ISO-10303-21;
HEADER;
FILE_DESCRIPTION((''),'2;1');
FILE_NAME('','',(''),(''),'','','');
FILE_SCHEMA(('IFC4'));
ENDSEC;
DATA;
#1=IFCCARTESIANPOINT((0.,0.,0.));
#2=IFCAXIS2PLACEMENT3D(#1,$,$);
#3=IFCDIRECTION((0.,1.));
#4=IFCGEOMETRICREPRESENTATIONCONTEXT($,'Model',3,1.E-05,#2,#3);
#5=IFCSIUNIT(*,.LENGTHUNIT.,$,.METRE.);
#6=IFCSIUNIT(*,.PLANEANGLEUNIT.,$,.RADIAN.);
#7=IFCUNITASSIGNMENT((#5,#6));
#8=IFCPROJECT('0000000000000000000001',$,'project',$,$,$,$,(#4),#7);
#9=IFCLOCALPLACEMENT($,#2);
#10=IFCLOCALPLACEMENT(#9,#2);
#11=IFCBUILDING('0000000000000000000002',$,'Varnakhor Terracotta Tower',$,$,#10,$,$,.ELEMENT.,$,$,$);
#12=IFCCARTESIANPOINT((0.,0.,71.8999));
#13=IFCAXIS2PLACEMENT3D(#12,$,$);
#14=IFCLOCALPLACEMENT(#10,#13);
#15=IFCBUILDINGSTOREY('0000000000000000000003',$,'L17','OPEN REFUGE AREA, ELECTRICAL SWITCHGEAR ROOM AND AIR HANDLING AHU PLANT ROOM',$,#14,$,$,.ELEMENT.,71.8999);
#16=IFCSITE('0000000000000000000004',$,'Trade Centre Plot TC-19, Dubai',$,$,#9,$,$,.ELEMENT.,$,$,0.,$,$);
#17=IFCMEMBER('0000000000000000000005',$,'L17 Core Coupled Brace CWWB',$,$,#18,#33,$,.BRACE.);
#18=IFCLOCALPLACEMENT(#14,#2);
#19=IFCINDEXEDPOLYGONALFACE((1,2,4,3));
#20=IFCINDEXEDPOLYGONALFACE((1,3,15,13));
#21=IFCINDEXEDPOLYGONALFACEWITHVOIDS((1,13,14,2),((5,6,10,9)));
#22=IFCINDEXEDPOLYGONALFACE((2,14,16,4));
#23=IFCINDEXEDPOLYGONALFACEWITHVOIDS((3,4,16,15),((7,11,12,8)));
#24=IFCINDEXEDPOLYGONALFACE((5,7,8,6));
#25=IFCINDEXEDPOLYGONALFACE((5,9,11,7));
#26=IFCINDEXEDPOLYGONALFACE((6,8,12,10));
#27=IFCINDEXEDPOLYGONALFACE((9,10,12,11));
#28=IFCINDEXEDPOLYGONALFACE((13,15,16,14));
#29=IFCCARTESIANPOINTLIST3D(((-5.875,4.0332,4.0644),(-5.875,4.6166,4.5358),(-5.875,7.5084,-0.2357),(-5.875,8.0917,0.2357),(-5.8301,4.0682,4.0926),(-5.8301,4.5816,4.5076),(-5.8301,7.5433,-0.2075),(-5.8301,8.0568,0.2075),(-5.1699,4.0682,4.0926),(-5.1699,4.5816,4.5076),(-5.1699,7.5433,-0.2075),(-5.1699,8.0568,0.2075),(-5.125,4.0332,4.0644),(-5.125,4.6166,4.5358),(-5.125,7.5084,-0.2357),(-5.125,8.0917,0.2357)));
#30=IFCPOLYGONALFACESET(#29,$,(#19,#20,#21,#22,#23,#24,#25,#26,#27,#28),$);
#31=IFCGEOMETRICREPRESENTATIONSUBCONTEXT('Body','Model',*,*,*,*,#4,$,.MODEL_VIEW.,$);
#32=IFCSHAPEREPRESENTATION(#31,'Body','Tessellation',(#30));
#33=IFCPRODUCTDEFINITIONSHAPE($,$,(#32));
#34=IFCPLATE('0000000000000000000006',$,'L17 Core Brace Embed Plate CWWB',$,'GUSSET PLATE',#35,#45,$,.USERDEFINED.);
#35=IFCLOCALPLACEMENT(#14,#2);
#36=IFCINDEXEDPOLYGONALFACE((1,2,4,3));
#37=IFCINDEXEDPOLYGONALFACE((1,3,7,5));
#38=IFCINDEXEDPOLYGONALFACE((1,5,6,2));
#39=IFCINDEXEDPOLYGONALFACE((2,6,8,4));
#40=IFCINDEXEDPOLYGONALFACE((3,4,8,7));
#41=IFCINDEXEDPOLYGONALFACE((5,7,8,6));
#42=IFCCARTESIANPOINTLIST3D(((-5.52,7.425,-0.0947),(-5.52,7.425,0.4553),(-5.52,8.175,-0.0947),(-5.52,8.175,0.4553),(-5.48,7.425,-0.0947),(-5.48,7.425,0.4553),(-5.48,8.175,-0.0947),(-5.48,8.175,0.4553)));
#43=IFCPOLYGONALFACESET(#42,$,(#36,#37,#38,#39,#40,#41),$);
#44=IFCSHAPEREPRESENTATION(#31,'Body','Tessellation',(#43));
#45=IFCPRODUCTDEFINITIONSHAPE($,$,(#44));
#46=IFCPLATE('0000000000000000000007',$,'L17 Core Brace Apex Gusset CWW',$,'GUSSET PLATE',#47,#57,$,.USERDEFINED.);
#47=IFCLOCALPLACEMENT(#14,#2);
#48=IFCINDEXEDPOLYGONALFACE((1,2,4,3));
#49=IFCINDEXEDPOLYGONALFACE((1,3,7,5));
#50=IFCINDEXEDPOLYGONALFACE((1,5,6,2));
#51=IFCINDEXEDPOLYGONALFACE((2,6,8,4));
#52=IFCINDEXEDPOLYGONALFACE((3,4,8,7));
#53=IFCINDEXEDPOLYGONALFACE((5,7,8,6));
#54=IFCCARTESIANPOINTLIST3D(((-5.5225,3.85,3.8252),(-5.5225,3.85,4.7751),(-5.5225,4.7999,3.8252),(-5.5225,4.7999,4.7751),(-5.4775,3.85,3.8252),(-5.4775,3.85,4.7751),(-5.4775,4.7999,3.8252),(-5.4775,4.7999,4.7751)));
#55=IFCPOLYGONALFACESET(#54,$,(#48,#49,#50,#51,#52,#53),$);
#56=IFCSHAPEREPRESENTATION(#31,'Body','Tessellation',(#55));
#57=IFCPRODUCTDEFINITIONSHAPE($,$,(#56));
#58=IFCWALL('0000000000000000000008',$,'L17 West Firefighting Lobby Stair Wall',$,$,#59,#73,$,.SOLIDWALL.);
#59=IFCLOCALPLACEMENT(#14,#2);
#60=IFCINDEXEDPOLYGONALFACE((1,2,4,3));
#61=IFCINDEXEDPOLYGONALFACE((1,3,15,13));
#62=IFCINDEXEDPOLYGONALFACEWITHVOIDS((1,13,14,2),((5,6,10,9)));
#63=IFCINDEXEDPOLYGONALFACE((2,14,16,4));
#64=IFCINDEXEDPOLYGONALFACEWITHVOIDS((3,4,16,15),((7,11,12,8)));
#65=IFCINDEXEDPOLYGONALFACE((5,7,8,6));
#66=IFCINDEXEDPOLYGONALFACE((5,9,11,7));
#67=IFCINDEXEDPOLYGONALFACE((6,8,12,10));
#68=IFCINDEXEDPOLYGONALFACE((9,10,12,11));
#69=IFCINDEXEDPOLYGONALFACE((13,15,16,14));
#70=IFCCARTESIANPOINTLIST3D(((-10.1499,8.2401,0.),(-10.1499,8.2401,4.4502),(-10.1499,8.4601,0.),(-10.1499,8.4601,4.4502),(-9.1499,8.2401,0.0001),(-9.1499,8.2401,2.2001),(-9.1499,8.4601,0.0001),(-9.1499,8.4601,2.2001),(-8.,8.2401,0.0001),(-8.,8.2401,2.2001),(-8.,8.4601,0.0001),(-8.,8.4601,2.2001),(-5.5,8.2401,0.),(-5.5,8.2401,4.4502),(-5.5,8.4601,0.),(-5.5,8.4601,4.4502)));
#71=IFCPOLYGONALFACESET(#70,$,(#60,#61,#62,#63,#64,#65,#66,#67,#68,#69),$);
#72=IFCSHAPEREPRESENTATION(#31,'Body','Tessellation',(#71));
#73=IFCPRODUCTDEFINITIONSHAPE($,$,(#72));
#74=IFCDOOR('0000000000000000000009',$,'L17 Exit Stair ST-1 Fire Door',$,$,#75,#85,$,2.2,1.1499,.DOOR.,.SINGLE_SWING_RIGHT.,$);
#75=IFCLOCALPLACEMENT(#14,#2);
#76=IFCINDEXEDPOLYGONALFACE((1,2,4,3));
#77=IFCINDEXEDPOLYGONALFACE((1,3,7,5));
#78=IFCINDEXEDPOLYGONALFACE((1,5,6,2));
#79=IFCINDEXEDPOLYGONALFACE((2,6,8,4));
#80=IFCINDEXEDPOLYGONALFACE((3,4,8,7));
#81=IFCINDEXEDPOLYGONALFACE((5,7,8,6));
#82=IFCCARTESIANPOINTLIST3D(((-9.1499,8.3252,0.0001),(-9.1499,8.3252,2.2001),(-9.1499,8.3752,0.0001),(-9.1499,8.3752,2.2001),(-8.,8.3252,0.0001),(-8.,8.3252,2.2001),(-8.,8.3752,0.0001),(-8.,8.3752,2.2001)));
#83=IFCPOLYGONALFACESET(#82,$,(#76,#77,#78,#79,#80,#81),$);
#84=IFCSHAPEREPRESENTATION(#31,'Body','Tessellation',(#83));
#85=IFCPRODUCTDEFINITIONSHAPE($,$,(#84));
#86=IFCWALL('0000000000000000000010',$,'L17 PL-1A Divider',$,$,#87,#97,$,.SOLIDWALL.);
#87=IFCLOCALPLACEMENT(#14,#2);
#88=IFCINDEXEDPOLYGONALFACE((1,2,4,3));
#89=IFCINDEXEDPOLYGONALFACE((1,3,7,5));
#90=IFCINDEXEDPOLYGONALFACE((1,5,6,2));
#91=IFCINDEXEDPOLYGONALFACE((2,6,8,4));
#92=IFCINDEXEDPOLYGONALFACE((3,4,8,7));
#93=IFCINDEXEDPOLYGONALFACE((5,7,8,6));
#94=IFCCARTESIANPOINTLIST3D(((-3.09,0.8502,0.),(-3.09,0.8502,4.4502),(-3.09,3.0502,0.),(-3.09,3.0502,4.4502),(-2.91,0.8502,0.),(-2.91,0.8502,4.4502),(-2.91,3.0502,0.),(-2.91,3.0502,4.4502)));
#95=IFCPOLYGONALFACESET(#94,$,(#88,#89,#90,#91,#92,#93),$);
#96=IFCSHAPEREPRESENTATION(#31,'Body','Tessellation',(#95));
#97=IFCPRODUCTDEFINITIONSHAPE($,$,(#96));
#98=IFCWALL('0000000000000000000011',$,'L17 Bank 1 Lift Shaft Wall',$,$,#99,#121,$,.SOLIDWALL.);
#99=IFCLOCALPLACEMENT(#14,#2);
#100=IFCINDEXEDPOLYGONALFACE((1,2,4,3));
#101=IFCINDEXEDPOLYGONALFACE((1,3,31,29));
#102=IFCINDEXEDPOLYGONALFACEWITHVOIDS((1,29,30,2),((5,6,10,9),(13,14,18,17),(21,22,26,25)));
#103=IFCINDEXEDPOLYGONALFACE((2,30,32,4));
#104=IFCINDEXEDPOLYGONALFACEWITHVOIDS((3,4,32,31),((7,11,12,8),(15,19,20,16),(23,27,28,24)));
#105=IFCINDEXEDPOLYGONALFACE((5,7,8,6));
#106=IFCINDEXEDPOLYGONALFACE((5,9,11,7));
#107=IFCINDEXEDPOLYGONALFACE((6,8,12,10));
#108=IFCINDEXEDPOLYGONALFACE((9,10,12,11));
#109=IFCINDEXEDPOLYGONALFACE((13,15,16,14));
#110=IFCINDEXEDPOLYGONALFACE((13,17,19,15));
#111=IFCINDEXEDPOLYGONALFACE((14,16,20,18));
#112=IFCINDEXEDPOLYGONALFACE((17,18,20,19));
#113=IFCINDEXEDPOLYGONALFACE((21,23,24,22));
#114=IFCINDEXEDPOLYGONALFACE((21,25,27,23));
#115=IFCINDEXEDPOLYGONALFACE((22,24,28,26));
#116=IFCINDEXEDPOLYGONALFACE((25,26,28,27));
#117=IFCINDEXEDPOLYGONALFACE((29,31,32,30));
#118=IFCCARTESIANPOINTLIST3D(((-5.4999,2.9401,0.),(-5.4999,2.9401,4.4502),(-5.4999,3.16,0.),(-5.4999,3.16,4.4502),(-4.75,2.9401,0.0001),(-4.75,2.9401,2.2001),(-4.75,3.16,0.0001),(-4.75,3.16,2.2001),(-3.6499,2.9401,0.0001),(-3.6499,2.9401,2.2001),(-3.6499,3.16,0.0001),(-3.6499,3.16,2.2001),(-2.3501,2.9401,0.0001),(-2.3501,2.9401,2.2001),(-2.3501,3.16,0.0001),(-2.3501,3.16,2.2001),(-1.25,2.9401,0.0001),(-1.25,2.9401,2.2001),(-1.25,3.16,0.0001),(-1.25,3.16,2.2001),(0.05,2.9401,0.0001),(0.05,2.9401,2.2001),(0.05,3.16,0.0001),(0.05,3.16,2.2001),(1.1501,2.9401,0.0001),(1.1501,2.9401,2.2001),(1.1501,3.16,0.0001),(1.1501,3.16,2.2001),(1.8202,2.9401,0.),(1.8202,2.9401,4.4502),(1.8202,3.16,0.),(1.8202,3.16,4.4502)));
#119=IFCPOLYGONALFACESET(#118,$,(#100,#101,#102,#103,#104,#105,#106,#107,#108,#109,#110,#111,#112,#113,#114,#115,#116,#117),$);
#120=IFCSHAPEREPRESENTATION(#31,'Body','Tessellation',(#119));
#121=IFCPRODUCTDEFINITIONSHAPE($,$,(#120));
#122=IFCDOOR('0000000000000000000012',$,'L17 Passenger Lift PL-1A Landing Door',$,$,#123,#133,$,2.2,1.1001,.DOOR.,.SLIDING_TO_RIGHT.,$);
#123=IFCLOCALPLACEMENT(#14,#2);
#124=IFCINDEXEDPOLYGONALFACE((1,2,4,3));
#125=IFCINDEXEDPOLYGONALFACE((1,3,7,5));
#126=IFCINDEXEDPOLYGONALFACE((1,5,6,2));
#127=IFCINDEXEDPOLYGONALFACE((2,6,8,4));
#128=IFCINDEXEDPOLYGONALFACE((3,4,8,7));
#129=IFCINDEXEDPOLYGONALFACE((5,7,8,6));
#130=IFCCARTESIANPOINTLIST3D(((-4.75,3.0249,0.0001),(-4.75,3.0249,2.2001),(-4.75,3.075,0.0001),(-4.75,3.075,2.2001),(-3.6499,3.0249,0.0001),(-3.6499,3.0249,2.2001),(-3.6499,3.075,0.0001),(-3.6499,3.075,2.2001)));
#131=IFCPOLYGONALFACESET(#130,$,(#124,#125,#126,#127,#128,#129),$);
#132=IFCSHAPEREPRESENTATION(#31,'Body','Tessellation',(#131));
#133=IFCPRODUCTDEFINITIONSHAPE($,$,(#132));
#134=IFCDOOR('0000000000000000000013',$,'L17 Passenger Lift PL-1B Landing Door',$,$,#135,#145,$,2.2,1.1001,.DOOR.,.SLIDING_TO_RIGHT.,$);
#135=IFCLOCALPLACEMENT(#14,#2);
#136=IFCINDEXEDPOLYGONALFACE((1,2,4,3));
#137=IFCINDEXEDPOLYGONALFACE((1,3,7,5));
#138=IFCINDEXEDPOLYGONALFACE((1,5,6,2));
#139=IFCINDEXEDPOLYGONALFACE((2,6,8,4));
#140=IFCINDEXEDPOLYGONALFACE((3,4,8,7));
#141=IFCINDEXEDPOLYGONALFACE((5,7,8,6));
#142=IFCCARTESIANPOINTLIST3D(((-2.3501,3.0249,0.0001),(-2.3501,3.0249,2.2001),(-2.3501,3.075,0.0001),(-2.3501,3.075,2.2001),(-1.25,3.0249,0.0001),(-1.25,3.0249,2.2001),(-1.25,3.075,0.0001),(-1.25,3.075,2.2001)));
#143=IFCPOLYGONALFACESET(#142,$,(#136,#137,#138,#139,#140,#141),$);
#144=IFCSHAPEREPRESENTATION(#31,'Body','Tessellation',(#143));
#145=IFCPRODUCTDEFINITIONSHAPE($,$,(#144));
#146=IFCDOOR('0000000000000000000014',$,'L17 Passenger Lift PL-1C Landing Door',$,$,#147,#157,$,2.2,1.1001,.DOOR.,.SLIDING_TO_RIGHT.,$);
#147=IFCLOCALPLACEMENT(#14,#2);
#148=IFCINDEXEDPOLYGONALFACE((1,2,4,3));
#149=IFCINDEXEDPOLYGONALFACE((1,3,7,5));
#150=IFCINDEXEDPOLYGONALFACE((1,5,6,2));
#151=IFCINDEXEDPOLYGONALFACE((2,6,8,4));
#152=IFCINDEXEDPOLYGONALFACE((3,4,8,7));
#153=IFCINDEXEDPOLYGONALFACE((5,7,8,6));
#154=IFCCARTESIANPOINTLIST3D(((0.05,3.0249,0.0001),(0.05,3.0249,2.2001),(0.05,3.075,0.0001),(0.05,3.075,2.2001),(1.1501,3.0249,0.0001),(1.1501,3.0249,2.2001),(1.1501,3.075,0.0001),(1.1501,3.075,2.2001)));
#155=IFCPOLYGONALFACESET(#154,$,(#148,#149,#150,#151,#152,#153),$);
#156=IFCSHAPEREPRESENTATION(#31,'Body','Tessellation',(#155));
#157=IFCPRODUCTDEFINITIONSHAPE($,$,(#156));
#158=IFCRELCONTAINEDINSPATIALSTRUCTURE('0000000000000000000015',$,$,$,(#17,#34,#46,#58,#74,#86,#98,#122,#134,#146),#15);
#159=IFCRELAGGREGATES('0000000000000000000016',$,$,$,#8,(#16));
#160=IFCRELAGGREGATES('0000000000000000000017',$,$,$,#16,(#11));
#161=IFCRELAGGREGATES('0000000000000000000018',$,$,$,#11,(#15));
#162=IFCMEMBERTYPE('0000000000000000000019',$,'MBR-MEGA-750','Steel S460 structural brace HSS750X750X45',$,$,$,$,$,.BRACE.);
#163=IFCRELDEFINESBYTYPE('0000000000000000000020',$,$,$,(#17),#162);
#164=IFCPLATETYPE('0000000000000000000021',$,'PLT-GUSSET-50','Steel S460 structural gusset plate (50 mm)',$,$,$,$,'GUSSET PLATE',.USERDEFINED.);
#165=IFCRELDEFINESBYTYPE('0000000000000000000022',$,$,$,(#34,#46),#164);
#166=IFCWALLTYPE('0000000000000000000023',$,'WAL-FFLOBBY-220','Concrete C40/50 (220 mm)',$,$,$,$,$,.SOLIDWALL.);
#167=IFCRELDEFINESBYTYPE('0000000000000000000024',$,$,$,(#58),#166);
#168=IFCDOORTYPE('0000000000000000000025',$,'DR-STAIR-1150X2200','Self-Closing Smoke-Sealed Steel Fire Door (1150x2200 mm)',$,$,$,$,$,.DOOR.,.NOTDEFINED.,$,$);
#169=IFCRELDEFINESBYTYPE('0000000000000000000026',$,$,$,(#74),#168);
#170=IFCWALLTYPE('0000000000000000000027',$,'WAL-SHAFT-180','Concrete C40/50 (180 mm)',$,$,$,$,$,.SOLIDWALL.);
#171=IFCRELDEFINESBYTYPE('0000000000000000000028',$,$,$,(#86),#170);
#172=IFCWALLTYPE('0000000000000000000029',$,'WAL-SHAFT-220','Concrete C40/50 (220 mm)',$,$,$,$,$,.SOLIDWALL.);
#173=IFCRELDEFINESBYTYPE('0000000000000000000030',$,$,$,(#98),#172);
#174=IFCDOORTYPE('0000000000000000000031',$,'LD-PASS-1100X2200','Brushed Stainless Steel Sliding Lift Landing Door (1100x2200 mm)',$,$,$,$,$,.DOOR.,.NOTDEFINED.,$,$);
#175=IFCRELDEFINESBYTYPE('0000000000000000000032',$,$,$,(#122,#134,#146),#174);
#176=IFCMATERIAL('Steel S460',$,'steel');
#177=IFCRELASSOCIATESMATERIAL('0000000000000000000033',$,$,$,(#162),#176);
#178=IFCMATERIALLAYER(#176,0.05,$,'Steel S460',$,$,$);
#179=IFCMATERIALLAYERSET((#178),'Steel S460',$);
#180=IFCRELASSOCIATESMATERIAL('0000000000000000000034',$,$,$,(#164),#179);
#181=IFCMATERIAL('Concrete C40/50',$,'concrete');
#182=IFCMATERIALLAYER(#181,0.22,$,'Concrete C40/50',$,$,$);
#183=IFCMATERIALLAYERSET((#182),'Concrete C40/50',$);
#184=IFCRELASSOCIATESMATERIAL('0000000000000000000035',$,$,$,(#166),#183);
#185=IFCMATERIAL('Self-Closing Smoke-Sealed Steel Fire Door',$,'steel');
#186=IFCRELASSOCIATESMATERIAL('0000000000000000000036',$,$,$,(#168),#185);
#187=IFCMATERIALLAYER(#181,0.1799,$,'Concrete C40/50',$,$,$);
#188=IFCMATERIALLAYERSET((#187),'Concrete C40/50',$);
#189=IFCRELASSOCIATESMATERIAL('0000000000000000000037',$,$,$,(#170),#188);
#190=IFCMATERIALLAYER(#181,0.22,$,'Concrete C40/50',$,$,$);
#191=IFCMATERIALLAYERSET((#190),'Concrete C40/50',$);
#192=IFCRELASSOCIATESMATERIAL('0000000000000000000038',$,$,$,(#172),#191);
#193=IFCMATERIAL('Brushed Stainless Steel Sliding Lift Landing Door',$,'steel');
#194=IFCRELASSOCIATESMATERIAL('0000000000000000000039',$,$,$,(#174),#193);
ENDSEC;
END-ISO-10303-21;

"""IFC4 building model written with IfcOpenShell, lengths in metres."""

from ifc_helpers import new_model, si_unit, direction, frame, frame_2d, origin, origin_2d, place, context, subcontext, project, spatial, rectangle, hollow_rectangle, extrude, source, transform, mapped, material, layer, layer_set, material_profile, profile_set, type_object, type_shapes, element, fill, save


model = new_model("IFC4")

# Units and contexts
model_context = context("Model", 3, precision=1e-05, world=origin(), true_north=direction((0.0, 1.0)))
body_context = subcontext(model_context, "Body", "Model", "MODEL_VIEW")
ifc_project = project(units=[si_unit("LENGTHUNIT", "METRE"), si_unit("PLANEANGLEUNIT", "RADIAN")], contexts=[model_context])

# Site, building, storey
site_placement = place(None, origin())
site = spatial("IfcSite", under=ifc_project, at=site_placement, Name="Trade Centre Plot TC-19, Dubai", CompositionType="ELEMENT", RefElevation=0.0)
building_placement = place(site_placement, origin())
building = spatial("IfcBuilding", under=site, at=building_placement, Name="Varnakhor Terracotta Tower", CompositionType="ELEMENT")
storey_placement = place(building_placement, frame((0.0, 0.0, 71.8999)))
storey = spatial("IfcBuildingStorey", under=building, at=storey_placement, Name="L17", Description="OPEN REFUGE AREA, ELECTRICAL SWITCHGEAR ROOM AND AIR HANDLING AHU PLANT ROOM", CompositionType="ELEMENT", Elevation=71.8999)

# Member
ifc_material_1 = material(Name="Steel S460", Category="steel")
ifc_material_profile = material_profile(ifc_material_1, hollow_rectangle(XDim=0.75, YDim=0.75, WallThickness=0.0449, at=origin_2d()), Name="HSS750X750X45")
ifc_profile_set = profile_set([ifc_material_profile], Name="Steel S460")
member_type = type_object("IfcMemberType", Name="MBR-MEGA-750", Description="Steel S460 structural brace HSS750X750X45", PredefinedType="BRACE", material=ifc_profile_set)
shared_shape_1 = source(origin(), body_context, "Body", "SweptSolid", [
    extrude(hollow_rectangle(XDim=0.75, YDim=0.75, WallThickness=0.0449, at=origin_2d()), origin(), (0.0, 0.0, 1.0), 5.5288),
])
member_placement = place(storey_placement, frame((-5.5, 7.8, 0.0), z_axis=(0.0, -0.628554, 0.777766), x_axis=(1.0, 0.0, 0.0)))
element("IfcMember", 1, at=member_placement, inside=storey, type_object=member_type, Name="L17 Core Coupled Brace CWWB", PredefinedType="BRACE", context=body_context, shape_type="MappedRepresentation", body=[
    mapped(shared_shape_1, transform((0.0, 0.0, 0.0), scale=1.0)),
])

# Plates
ifc_layer_1 = layer(ifc_material_1, 0.05, Name="Steel S460")
ifc_layer_set_1 = layer_set([ifc_layer_1], Name="Steel S460")
plate_type = type_object("IfcPlateType", Name="PLT-GUSSET-50", Description="Steel S460 structural gusset plate (50 mm)", ElementType="GUSSET PLATE", PredefinedType="USERDEFINED", material=ifc_layer_set_1)
shared_shape_2 = source(origin(), body_context, "Body", "SweptSolid", [
    extrude(rectangle(XDim=0.75, YDim=0.04, at=origin_2d()), origin(), (0.0, 0.0, 1.0), 0.55),
])
type_shapes(plate_type, [shared_shape_2])
plate_1_placement = place(storey_placement, frame((-5.5, 7.8, -0.0947), z_axis=(0.0, 0.0, 1.0), x_axis=(0.0, 1.0, 0.0)))
element("IfcPlate", 2, at=plate_1_placement, inside=storey, type_object=plate_type, Name="L17 Core Brace Embed Plate CWWB", ObjectType="GUSSET PLATE", PredefinedType="USERDEFINED", context=body_context, shape_type="MappedRepresentation", body=[
    mapped(shared_shape_2, transform((0.0, 0.0, 0.0), scale=1.0)),
])
shared_shape_3 = source(origin(), body_context, "Body", "SweptSolid", [
    extrude(rectangle(XDim=0.95, YDim=0.0449, at=origin_2d()), origin(), (0.0, 0.0, 1.0), 0.95),
])
plate_2_placement = place(storey_placement, frame((-5.5, 4.325, 3.8252), z_axis=(0.0, 0.0, 1.0), x_axis=(0.0, 1.0, 0.0)))
element("IfcPlate", 3, at=plate_2_placement, inside=storey, type_object=plate_type, Name="L17 Core Brace Apex Gusset CWW", ObjectType="GUSSET PLATE", PredefinedType="USERDEFINED", context=body_context, shape_type="MappedRepresentation", body=[
    mapped(shared_shape_3, transform((0.0, 0.0, 0.0), scale=1.0)),
])

# Wall, opening, door
ifc_material_2 = material(Name="Concrete C40/50", Category="concrete")
ifc_layer_2 = layer(ifc_material_2, 0.22, Name="Concrete C40/50")
ifc_layer_set_2 = layer_set([ifc_layer_2], Name="Concrete C40/50")
wall_type_1 = type_object("IfcWallType", Name="WAL-FFLOBBY-220", Description="Concrete C40/50 (220 mm)", PredefinedType="SOLIDWALL", material=ifc_layer_set_2)
wall_1_placement = place(storey_placement, frame((-5.5, 8.3501, 0.0), z_axis=(0.0, 0.0, 1.0), x_axis=(-1.0, 0.0, 0.0)))
wall_1 = element("IfcWall", 4, at=wall_1_placement, inside=storey, type_object=wall_type_1, Name="L17 West Firefighting Lobby Stair Wall", PredefinedType="SOLIDWALL", context=body_context, shape_type="SweptSolid", body=[
    extrude(rectangle(XDim=4.6499, YDim=0.22, at=frame_2d((2.325, 0.0))), origin(), (0.0, 0.0, 1.0), 4.4502),
])
opening_1_placement = place(wall_1_placement, frame((2.5, 0.0, 0.0)))
opening_1 = element("IfcOpeningElement", 5, at=opening_1_placement, cuts=wall_1, PredefinedType="OPENING", context=body_context, shape_type="SweptSolid", body=[
    extrude(rectangle(XDim=1.1499, YDim=2.2, at=frame_2d((0.575, 1.1001))), frame((0.0, 0.1201, 0.0), z_axis=(0.0, -1.0, 0.0), x_axis=(1.0, 0.0, 0.0)), (0.0, 0.0, 1.0), 0.24),
])
ifc_material_3 = material(Name="Self-Closing Smoke-Sealed Steel Fire Door", Category="steel")
door_type_1 = type_object("IfcDoorType", Name="DR-STAIR-1150X2200", Description="Self-Closing Smoke-Sealed Steel Fire Door (1150x2200 mm)", OperationType="NOTDEFINED", PredefinedType="DOOR", material=ifc_material_3)
shared_shape_4 = source(origin(), body_context, "Body", "SweptSolid", [
    extrude(rectangle(XDim=1.1499, YDim=2.2, at=frame_2d((0.575, 1.1001))), frame((0.0, 0.0249, 0.0), z_axis=(0.0, -1.0, 0.0), x_axis=(1.0, 0.0, 0.0)), (0.0, 0.0, 1.0), 0.05),
])
type_shapes(door_type_1, [shared_shape_4])
door_1_placement = place(opening_1_placement, origin())
door_1 = element("IfcDoor", 6, at=door_1_placement, inside=storey, type_object=door_type_1, Name="L17 Exit Stair ST-1 Fire Door", OperationType="SINGLE_SWING_RIGHT", OverallHeight=2.2, OverallWidth=1.1499, PredefinedType="DOOR", context=body_context, shape_type="MappedRepresentation", body=[
    mapped(shared_shape_4, transform((0.0, 0.0, 0.0), scale=1.0)),
])
fill(opening_1, door_1)

# Wall
ifc_layer_3 = layer(ifc_material_2, 0.1799, Name="Concrete C40/50")
ifc_layer_set_3 = layer_set([ifc_layer_3], Name="Concrete C40/50")
wall_type_2 = type_object("IfcWallType", Name="WAL-SHAFT-180", Description="Concrete C40/50 (180 mm)", PredefinedType="SOLIDWALL", material=ifc_layer_set_3)
wall_2_placement = place(storey_placement, frame((-3.0, 0.8501, 0.0), z_axis=(0.0, 0.0, 1.0), x_axis=(0.0, 1.0, 0.0)))
element("IfcWall", 7, at=wall_2_placement, inside=storey, type_object=wall_type_2, Name="L17 PL-1A Divider", PredefinedType="SOLIDWALL", context=body_context, shape_type="SweptSolid", body=[
    extrude(rectangle(XDim=2.2, YDim=0.1799, at=frame_2d((1.1001, 0.0))), origin(), (0.0, 0.0, 1.0), 4.4502),
])

# Wall, openings, doors
ifc_layer_4 = layer(ifc_material_2, 0.22, Name="Concrete C40/50")
ifc_layer_set_4 = layer_set([ifc_layer_4], Name="Concrete C40/50")
wall_type_3 = type_object("IfcWallType", Name="WAL-SHAFT-220", Description="Concrete C40/50 (220 mm)", PredefinedType="SOLIDWALL", material=ifc_layer_set_4)
wall_3_placement = place(storey_placement, frame((-5.5, 3.05, 0.0), z_axis=(0.0, 0.0, 1.0), x_axis=(1.0, 0.0, 0.0)))
wall_3 = element("IfcWall", 8, at=wall_3_placement, inside=storey, type_object=wall_type_3, Name="L17 Bank 1 Lift Shaft Wall", PredefinedType="SOLIDWALL", context=body_context, shape_type="SweptSolid", body=[
    extrude(rectangle(XDim=7.3201, YDim=0.22, at=frame_2d((3.6602, 0.0))), origin(), (0.0, 0.0, 1.0), 4.4502),
])
opening_2_placement = place(wall_3_placement, frame((0.75, 0.0, 0.0)))
opening_2 = element("IfcOpeningElement", 9, at=opening_2_placement, cuts=wall_3, PredefinedType="OPENING", context=body_context, shape_type="SweptSolid", body=[
    extrude(rectangle(XDim=1.1001, YDim=2.2, at=frame_2d((0.55, 1.1001))), frame((0.0, 0.1201, 0.0), z_axis=(0.0, -1.0, 0.0), x_axis=(1.0, 0.0, 0.0)), (0.0, 0.0, 1.0), 0.24),
])
opening_3_placement = place(wall_3_placement, frame((3.1499, 0.0, 0.0)))
opening_3 = element("IfcOpeningElement", 10, at=opening_3_placement, cuts=wall_3, PredefinedType="OPENING", context=body_context, shape_type="SweptSolid", body=[
    extrude(rectangle(XDim=1.1001, YDim=2.2, at=frame_2d((0.55, 1.1001))), frame((0.0, 0.1201, 0.0), z_axis=(0.0, -1.0, 0.0), x_axis=(1.0, 0.0, 0.0)), (0.0, 0.0, 1.0), 0.24),
])
opening_4_placement = place(wall_3_placement, frame((5.55, 0.0, 0.0)))
opening_4 = element("IfcOpeningElement", 11, at=opening_4_placement, cuts=wall_3, PredefinedType="OPENING", context=body_context, shape_type="SweptSolid", body=[
    extrude(rectangle(XDim=1.1001, YDim=2.2, at=frame_2d((0.55, 1.1001))), frame((0.0, 0.1201, 0.0), z_axis=(0.0, -1.0, 0.0), x_axis=(1.0, 0.0, 0.0)), (0.0, 0.0, 1.0), 0.24),
])
ifc_material_4 = material(Name="Brushed Stainless Steel Sliding Lift Landing Door", Category="steel")
door_type_2 = type_object("IfcDoorType", Name="LD-PASS-1100X2200", Description="Brushed Stainless Steel Sliding Lift Landing Door (1100x2200 mm)", OperationType="NOTDEFINED", PredefinedType="DOOR", material=ifc_material_4)
shared_shape_5 = source(origin(), body_context, "Body", "SweptSolid", [
    extrude(rectangle(XDim=1.1001, YDim=2.2, at=frame_2d((0.55, 1.1001))), frame((0.0, 0.0249, 0.0), z_axis=(0.0, -1.0, 0.0), x_axis=(1.0, 0.0, 0.0)), (0.0, 0.0, 1.0), 0.05),
])
type_shapes(door_type_2, [shared_shape_5])
door_2_placement = place(opening_2_placement, origin())
door_2 = element("IfcDoor", 12, at=door_2_placement, inside=storey, type_object=door_type_2, Name="L17 Passenger Lift PL-1A Landing Door", OperationType="SLIDING_TO_RIGHT", OverallHeight=2.2, OverallWidth=1.1001, PredefinedType="DOOR", context=body_context, shape_type="MappedRepresentation", body=[
    mapped(shared_shape_5, transform((0.0, 0.0, 0.0), scale=1.0)),
])
fill(opening_2, door_2)
door_3_placement = place(opening_3_placement, origin())
door_3 = element("IfcDoor", 13, at=door_3_placement, inside=storey, type_object=door_type_2, Name="L17 Passenger Lift PL-1B Landing Door", OperationType="SLIDING_TO_RIGHT", OverallHeight=2.2, OverallWidth=1.1001, PredefinedType="DOOR", context=body_context, shape_type="MappedRepresentation", body=[
    mapped(shared_shape_5, transform((0.0, 0.0, 0.0), scale=1.0)),
])
fill(opening_3, door_3)
door_4_placement = place(opening_4_placement, origin())
door_4 = element("IfcDoor", 14, at=door_4_placement, inside=storey, type_object=door_type_2, Name="L17 Passenger Lift PL-1C Landing Door", OperationType="SLIDING_TO_RIGHT", OverallHeight=2.2, OverallWidth=1.1001, PredefinedType="DOOR", context=body_context, shape_type="MappedRepresentation", body=[
    mapped(shared_shape_5, transform((0.0, 0.0, 0.0), scale=1.0)),
])
fill(opening_4, door_4)

save(model, "model.ifc")
